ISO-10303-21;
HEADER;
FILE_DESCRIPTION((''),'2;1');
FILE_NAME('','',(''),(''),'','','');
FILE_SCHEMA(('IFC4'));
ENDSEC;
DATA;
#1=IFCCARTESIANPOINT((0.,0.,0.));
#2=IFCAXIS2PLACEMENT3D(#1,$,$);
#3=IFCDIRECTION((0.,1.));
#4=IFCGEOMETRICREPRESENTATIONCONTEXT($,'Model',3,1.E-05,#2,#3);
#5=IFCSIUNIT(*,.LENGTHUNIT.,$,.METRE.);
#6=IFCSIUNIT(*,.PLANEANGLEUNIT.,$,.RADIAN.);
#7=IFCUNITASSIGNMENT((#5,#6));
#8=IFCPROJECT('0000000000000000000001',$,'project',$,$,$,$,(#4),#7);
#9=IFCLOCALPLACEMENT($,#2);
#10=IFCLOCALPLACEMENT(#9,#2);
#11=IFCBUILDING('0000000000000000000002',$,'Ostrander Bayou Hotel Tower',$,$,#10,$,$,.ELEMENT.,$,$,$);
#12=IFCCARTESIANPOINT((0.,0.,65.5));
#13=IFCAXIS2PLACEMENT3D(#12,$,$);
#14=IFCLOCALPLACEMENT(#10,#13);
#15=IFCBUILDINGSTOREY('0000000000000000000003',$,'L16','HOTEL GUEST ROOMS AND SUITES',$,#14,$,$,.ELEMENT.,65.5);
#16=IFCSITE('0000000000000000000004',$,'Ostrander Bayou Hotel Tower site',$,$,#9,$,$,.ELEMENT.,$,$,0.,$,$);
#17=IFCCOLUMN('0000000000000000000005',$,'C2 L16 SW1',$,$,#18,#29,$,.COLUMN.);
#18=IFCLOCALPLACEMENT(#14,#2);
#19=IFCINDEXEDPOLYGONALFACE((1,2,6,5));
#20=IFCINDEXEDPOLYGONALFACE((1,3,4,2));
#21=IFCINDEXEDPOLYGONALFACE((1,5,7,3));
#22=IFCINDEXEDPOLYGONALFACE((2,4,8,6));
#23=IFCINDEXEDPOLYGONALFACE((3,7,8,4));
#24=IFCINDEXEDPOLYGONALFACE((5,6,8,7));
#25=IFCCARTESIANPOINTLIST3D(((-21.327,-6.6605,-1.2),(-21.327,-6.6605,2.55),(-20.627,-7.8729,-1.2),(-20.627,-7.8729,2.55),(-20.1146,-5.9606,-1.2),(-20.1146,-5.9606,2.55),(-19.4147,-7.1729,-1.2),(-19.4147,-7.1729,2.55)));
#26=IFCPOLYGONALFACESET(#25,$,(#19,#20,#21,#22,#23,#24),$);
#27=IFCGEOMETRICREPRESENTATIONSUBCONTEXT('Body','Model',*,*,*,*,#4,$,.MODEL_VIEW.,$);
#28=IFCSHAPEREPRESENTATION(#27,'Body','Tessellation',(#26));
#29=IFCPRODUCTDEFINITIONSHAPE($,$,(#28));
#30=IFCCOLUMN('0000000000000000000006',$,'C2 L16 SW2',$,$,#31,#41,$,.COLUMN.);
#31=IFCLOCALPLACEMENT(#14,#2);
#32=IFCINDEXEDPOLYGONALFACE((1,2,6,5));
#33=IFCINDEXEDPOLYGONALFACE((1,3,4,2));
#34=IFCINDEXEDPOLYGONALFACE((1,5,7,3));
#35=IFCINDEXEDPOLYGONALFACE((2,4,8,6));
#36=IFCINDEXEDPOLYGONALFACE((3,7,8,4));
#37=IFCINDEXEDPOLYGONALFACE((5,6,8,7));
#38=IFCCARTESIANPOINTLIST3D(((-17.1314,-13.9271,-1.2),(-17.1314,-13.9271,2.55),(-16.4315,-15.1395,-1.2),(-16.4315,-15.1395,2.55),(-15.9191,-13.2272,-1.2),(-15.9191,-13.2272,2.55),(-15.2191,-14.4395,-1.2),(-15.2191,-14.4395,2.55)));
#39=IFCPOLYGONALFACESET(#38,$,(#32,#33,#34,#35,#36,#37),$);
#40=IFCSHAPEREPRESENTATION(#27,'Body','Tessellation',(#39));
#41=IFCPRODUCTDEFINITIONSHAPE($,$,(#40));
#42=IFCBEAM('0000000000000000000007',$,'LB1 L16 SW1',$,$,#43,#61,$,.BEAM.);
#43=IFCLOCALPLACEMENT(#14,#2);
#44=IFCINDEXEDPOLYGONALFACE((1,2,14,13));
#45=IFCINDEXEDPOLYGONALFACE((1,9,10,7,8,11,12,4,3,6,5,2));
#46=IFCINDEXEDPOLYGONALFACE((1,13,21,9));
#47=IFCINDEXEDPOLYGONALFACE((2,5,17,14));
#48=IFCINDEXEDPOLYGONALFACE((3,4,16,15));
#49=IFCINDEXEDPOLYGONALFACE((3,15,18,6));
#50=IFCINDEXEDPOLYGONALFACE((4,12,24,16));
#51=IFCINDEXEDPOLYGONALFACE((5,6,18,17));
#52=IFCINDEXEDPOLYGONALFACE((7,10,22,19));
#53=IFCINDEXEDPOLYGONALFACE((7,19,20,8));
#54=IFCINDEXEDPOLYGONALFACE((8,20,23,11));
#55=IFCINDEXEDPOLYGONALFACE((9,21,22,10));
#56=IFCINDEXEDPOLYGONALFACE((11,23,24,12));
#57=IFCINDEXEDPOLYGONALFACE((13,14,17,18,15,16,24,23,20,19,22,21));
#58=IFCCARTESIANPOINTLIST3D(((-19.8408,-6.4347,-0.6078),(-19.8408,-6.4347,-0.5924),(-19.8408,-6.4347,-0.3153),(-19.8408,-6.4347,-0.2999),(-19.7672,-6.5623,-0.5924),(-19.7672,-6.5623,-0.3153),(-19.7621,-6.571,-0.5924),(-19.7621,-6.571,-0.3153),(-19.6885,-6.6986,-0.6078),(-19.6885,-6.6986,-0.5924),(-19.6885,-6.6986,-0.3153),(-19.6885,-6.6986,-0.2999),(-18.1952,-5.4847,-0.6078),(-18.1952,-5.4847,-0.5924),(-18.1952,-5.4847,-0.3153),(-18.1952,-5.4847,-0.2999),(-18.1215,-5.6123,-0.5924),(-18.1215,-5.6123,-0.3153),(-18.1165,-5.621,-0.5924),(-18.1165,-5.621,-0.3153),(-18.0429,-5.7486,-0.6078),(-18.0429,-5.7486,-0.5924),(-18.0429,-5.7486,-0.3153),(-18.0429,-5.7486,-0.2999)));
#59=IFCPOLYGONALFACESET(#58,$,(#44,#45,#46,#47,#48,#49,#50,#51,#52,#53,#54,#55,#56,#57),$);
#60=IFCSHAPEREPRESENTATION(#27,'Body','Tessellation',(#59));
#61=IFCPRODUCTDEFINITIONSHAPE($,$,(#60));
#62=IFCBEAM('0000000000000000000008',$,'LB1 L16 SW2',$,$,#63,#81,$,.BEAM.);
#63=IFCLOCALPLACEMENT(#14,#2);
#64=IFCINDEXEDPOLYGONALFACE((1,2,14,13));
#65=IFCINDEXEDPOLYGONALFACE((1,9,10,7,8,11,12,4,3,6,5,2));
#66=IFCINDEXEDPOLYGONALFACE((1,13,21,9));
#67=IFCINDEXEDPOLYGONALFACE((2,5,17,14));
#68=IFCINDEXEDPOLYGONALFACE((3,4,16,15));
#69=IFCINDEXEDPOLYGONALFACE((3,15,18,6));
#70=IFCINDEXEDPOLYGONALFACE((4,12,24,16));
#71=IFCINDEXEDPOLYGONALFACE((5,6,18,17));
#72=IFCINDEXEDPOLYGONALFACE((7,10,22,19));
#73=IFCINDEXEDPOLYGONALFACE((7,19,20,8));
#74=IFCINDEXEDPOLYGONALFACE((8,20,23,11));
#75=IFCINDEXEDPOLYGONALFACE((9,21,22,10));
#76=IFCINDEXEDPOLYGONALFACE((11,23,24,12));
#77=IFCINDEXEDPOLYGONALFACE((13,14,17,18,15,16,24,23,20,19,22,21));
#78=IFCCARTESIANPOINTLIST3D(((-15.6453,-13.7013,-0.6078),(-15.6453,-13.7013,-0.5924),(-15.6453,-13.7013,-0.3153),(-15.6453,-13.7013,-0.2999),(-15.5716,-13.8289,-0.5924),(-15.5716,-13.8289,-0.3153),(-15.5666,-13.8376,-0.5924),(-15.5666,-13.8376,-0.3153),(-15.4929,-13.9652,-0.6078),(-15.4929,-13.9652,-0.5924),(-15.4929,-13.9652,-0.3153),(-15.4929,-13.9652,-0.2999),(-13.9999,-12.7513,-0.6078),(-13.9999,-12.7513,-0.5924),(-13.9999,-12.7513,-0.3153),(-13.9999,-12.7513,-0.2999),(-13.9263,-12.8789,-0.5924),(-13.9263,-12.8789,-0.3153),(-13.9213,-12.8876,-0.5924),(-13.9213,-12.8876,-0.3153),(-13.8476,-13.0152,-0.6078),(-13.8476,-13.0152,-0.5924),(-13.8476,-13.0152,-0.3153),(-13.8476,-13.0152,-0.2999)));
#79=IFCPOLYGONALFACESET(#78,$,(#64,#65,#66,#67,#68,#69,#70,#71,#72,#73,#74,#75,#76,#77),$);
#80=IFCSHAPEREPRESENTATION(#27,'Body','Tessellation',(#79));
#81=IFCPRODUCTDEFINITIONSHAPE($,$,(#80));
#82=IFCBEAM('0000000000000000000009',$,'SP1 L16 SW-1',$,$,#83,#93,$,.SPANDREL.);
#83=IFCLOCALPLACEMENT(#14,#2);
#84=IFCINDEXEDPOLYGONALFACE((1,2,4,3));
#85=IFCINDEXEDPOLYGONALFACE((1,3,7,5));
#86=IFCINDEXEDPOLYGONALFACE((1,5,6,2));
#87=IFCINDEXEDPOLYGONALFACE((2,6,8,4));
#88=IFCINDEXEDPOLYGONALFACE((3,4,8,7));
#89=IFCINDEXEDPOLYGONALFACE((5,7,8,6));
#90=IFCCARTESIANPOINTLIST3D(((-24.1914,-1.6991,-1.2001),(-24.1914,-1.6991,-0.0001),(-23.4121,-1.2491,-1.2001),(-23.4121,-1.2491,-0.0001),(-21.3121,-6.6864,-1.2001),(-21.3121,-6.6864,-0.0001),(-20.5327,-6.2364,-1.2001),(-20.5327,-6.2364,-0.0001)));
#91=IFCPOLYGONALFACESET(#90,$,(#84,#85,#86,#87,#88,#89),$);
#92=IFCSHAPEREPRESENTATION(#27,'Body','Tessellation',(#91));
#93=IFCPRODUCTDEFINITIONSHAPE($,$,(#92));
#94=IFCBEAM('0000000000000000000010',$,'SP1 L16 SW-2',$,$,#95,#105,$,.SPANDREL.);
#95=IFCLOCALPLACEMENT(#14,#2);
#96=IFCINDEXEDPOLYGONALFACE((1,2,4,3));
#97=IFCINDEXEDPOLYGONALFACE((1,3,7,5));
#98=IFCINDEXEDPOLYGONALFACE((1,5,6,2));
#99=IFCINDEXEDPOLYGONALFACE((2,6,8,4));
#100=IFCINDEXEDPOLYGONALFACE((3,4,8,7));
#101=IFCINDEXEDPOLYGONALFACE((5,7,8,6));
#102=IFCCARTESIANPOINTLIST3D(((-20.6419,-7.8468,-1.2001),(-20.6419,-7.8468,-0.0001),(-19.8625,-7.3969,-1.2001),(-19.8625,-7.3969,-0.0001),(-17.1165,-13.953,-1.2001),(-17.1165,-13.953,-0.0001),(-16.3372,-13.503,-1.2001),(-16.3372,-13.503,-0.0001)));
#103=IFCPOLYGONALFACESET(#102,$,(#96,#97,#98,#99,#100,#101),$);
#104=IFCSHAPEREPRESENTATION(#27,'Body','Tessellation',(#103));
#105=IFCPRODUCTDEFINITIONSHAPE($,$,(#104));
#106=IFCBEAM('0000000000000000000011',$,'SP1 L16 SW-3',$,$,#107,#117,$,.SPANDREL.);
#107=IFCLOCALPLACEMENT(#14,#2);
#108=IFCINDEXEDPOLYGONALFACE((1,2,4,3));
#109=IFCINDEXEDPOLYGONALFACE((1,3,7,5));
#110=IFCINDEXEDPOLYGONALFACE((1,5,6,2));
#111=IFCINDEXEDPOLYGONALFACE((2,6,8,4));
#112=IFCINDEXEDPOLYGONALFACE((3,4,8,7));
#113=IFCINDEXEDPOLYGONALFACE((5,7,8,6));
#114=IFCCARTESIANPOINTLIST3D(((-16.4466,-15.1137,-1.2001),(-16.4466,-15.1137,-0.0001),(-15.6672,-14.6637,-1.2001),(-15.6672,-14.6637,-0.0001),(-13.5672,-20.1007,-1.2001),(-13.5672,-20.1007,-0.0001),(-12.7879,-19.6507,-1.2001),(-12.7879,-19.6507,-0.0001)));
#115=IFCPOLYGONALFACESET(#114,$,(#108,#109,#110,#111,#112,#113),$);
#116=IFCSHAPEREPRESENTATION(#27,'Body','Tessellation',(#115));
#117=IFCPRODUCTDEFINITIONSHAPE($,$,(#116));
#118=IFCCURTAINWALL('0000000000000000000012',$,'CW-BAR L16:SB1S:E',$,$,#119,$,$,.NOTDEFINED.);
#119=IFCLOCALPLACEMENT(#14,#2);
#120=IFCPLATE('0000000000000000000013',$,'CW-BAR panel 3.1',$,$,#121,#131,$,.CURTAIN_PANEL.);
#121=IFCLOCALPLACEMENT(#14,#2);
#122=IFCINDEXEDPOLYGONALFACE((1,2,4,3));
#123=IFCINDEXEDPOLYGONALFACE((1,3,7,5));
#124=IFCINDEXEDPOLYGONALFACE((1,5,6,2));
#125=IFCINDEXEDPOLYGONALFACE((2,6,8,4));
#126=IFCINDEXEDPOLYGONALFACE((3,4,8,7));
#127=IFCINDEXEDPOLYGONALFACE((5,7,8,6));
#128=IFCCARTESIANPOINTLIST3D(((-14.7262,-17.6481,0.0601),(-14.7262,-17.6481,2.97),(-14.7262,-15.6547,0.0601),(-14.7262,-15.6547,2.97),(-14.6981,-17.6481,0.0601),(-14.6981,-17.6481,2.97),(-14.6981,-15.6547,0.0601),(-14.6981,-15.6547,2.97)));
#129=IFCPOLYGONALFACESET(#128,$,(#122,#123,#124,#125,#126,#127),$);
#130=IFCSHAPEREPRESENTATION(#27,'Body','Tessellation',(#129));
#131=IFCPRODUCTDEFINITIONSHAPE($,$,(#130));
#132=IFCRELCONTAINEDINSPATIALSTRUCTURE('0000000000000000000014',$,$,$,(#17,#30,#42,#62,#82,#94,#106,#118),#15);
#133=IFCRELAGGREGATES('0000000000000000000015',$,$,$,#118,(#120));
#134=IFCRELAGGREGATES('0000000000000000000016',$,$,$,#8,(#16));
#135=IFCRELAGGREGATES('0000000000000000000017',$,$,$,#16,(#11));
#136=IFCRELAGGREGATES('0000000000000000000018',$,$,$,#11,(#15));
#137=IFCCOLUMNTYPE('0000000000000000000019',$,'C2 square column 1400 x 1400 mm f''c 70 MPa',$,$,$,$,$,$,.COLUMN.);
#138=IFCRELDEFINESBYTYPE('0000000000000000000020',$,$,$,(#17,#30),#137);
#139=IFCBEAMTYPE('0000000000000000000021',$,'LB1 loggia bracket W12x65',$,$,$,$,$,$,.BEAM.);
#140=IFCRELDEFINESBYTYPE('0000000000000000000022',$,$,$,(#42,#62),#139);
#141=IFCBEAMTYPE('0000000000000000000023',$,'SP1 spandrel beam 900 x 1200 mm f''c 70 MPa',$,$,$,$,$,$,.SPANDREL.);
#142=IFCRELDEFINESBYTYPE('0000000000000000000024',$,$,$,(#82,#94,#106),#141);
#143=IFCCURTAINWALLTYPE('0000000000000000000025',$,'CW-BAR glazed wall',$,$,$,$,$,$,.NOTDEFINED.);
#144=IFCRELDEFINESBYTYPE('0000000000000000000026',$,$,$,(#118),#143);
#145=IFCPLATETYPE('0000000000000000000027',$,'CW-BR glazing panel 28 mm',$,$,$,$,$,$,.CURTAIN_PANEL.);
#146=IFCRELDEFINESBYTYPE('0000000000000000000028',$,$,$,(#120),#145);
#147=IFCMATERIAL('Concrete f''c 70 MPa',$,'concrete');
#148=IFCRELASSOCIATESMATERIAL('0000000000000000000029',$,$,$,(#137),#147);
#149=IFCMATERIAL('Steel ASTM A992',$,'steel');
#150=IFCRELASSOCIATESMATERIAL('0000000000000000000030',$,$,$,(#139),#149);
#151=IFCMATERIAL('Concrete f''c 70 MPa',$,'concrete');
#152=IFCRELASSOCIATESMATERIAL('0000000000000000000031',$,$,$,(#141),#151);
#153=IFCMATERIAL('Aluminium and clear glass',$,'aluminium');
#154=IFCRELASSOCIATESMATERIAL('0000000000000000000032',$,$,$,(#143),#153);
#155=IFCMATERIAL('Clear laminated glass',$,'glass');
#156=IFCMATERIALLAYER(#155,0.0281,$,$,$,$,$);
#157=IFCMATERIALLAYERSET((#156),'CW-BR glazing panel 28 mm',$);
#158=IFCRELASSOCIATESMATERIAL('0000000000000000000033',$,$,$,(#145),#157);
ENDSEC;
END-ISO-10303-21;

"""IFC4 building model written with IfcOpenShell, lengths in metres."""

from ifc_helpers import new_model, si_unit, direction, frame, origin, origin_2d, place, context, subcontext, project, spatial, rectangle, i_section, extrude, material, layer, layer_set, material_profile, profile_set, type_object, element, aggregate, save


model = new_model("IFC4")

# Units and contexts
model_context = context("Model", 3, precision=1e-05, world=origin(), true_north=direction((0.0, 1.0)))
body_context = subcontext(model_context, "Body", "Model", "MODEL_VIEW")
ifc_project = project(units=[si_unit("LENGTHUNIT", "METRE"), si_unit("PLANEANGLEUNIT", "RADIAN")], contexts=[model_context])

# Site, building, storey
site_placement = place(None, origin())
site = spatial("IfcSite", under=ifc_project, at=site_placement, Name="Ostrander Bayou Hotel Tower site", CompositionType="ELEMENT", RefElevation=0.0)
building_placement = place(site_placement, origin())
building = spatial("IfcBuilding", under=site, at=building_placement, Name="Ostrander Bayou Hotel Tower", CompositionType="ELEMENT")
storey_placement = place(building_placement, frame((0.0, 0.0, 65.5)))
storey = spatial("IfcBuildingStorey", under=building, at=storey_placement, Name="L16", Description="HOTEL GUEST ROOMS AND SUITES", CompositionType="ELEMENT", Elevation=65.5)

# Columns
ifc_material_1 = material(Name="Concrete f'c 70 MPa", Category="concrete")
ifc_material_profile_1 = material_profile(ifc_material_1, rectangle(XDim=1.3999, YDim=1.3999, at=origin_2d()))
ifc_profile_set_1 = profile_set([ifc_material_profile_1], Name="Concrete f'c 70 MPa")
column_type = type_object("IfcColumnType", Name="C2 square column 1400 x 1400 mm f'c 70 MPa", PredefinedType="COLUMN", material=ifc_profile_set_1)
for number, where, z_axis, x_axis, name in (
    (1, (-20.3708, -6.9167, -1.2), (0.0, 0.0, 1.0), (-0.5, 0.866025, 0.0), "C2 L16 SW1"),
    (2, (-16.1753, -14.1833, -1.2), (0.0, 0.0, 1.0), (-0.5, 0.866025, 0.0), "C2 L16 SW2"),
):
    element("IfcColumn", number, at=place(storey_placement, frame(where, z_axis=z_axis, x_axis=x_axis)), inside=storey, type_object=column_type, Name=name, PredefinedType="COLUMN", context=body_context, shape_type="SweptSolid", body=[
        extrude(rectangle(XDim=1.3999, YDim=1.3999, at=origin_2d()), origin(), (0.0, 0.0, 1.0), 3.75),
    ])

# Beams
ifc_material_2 = material(Name="Steel ASTM A992", Category="steel")
ifc_material_profile_2 = material_profile(ifc_material_2, i_section(OverallWidth=0.3047, OverallDepth=0.3079, WebThickness=0.01, FlangeThickness=0.0154, at=origin_2d()))
ifc_profile_set_2 = profile_set([ifc_material_profile_2], Name="Steel ASTM A992")
beam_type_1 = type_object("IfcBeamType", Name="LB1 loggia bracket W12x65", PredefinedType="BEAM", material=ifc_profile_set_2)
beam_1_placement = place(storey_placement, frame((-19.7646, -6.5667, -0.4539), z_axis=(0.866044, 0.499967, 0.0), x_axis=(-0.499967, 0.866044, 0.0)))
element("IfcBeam", 3, at=beam_1_placement, inside=storey, type_object=beam_type_1, Name="LB1 L16 SW1", PredefinedType="BEAM", context=body_context, shape_type="SweptSolid", body=[
    extrude(i_section(OverallWidth=0.3047, OverallDepth=0.3079, WebThickness=0.01, FlangeThickness=0.0154, at=origin_2d()), origin(), (0.0, 0.0, 1.0), 1.9001),
])
beam_2_placement = place(storey_placement, frame((-15.5691, -13.8333, -0.4539), z_axis=(0.866012, 0.500023, 0.0), x_axis=(-0.500023, 0.866012, 0.0)))
element("IfcBeam", 4, at=beam_2_placement, inside=storey, type_object=beam_type_1, Name="LB1 L16 SW2", PredefinedType="BEAM", context=body_context, shape_type="SweptSolid", body=[
    extrude(i_section(OverallWidth=0.3047, OverallDepth=0.3079, WebThickness=0.01, FlangeThickness=0.0154, at=origin_2d()), origin(), (0.0, 0.0, 1.0), 1.8999),
])
ifc_material_3 = material(Name="Concrete f'c 70 MPa", Category="concrete")
ifc_material_profile_3 = material_profile(ifc_material_3, rectangle(XDim=0.8999, YDim=1.2, at=origin_2d()))
ifc_profile_set_3 = profile_set([ifc_material_profile_3], Name="Concrete f'c 70 MPa")
beam_type_2 = type_object("IfcBeamType", Name="SP1 spandrel beam 900 x 1200 mm f'c 70 MPa", PredefinedType="SPANDREL", material=ifc_profile_set_3)
beam_3_placement = place(storey_placement, frame((-23.8018, -1.4741, -0.6001), z_axis=(0.499996, -0.866027, 0.0), x_axis=(0.866027, 0.499996, 0.0)))
element("IfcBeam", 5, at=beam_3_placement, inside=storey, type_object=beam_type_2, Name="SP1 L16 SW-1", PredefinedType="SPANDREL", context=body_context, shape_type="SweptSolid", body=[
    extrude(rectangle(XDim=0.8999, YDim=1.2, at=origin_2d()), origin(), (0.0, 0.0, 1.0), 5.7588),
])
beam_4_placement = place(storey_placement, frame((-20.2522, -7.6218, -0.6001), z_axis=(0.499997, -0.866027, 0.0), x_axis=(0.866027, 0.499997, 0.0)))
element("IfcBeam", 6, at=beam_4_placement, inside=storey, type_object=beam_type_2, Name="SP1 L16 SW-2", PredefinedType="SPANDREL", context=body_context, shape_type="SweptSolid", body=[
    extrude(rectangle(XDim=0.8999, YDim=1.2, at=origin_2d()), origin(), (0.0, 0.0, 1.0), 7.0508),
])
beam_5_placement = place(storey_placement, frame((-16.0569, -14.8887, -0.6001), z_axis=(0.500015, -0.866017, 0.0), x_axis=(0.866017, 0.500015, 0.0)))
element("IfcBeam", 7, at=beam_5_placement, inside=storey, type_object=beam_type_2, Name="SP1 L16 SW-3", PredefinedType="SPANDREL", context=body_context, shape_type="SweptSolid", body=[
    extrude(rectangle(XDim=0.8999, YDim=1.2, at=origin_2d()), origin(), (0.0, 0.0, 1.0), 5.7585),
])

# Curtain wall, plate
ifc_material_4 = material(Name="Aluminium and clear glass", Category="aluminium")
curtain_wall_type = type_object("IfcCurtainWallType", Name="CW-BAR glazed wall", PredefinedType="NOTDEFINED", material=ifc_material_4)
curtain_wall_placement = place(storey_placement, origin())
curtain_wall = element("IfcCurtainWall", 8, at=curtain_wall_placement, inside=storey, type_object=curtain_wall_type, Name="CW-BAR L16:SB1S:E", PredefinedType="NOTDEFINED")
ifc_material_5 = material(Name="Clear laminated glass", Category="glass")
ifc_layer_1 = layer(ifc_material_5, 0.0281)
ifc_layer_set_1 = layer_set([ifc_layer_1], Name="CW-BR glazing panel 28 mm")
plate_type = type_object("IfcPlateType", Name="CW-BR glazing panel 28 mm", PredefinedType="CURTAIN_PANEL", material=ifc_layer_set_1)
plate_placement = place(storey_placement, frame((-14.7122, -16.6514, 0.0601), z_axis=(0.0, 0.0, 1.0), x_axis=(0.0, -1.0, 0.0)))
plate = element("IfcPlate", 9, at=plate_placement, type_object=plate_type, Name="CW-BAR panel 3.1", PredefinedType="CURTAIN_PANEL", context=body_context, shape_type="SweptSolid", body=[
    extrude(rectangle(XDim=1.9934, YDim=0.0281, at=origin_2d()), origin(), (0.0, 0.0, 1.0), 2.9099),
])
aggregate(curtain_wall, [plate])

save(model, "model.ifc")
